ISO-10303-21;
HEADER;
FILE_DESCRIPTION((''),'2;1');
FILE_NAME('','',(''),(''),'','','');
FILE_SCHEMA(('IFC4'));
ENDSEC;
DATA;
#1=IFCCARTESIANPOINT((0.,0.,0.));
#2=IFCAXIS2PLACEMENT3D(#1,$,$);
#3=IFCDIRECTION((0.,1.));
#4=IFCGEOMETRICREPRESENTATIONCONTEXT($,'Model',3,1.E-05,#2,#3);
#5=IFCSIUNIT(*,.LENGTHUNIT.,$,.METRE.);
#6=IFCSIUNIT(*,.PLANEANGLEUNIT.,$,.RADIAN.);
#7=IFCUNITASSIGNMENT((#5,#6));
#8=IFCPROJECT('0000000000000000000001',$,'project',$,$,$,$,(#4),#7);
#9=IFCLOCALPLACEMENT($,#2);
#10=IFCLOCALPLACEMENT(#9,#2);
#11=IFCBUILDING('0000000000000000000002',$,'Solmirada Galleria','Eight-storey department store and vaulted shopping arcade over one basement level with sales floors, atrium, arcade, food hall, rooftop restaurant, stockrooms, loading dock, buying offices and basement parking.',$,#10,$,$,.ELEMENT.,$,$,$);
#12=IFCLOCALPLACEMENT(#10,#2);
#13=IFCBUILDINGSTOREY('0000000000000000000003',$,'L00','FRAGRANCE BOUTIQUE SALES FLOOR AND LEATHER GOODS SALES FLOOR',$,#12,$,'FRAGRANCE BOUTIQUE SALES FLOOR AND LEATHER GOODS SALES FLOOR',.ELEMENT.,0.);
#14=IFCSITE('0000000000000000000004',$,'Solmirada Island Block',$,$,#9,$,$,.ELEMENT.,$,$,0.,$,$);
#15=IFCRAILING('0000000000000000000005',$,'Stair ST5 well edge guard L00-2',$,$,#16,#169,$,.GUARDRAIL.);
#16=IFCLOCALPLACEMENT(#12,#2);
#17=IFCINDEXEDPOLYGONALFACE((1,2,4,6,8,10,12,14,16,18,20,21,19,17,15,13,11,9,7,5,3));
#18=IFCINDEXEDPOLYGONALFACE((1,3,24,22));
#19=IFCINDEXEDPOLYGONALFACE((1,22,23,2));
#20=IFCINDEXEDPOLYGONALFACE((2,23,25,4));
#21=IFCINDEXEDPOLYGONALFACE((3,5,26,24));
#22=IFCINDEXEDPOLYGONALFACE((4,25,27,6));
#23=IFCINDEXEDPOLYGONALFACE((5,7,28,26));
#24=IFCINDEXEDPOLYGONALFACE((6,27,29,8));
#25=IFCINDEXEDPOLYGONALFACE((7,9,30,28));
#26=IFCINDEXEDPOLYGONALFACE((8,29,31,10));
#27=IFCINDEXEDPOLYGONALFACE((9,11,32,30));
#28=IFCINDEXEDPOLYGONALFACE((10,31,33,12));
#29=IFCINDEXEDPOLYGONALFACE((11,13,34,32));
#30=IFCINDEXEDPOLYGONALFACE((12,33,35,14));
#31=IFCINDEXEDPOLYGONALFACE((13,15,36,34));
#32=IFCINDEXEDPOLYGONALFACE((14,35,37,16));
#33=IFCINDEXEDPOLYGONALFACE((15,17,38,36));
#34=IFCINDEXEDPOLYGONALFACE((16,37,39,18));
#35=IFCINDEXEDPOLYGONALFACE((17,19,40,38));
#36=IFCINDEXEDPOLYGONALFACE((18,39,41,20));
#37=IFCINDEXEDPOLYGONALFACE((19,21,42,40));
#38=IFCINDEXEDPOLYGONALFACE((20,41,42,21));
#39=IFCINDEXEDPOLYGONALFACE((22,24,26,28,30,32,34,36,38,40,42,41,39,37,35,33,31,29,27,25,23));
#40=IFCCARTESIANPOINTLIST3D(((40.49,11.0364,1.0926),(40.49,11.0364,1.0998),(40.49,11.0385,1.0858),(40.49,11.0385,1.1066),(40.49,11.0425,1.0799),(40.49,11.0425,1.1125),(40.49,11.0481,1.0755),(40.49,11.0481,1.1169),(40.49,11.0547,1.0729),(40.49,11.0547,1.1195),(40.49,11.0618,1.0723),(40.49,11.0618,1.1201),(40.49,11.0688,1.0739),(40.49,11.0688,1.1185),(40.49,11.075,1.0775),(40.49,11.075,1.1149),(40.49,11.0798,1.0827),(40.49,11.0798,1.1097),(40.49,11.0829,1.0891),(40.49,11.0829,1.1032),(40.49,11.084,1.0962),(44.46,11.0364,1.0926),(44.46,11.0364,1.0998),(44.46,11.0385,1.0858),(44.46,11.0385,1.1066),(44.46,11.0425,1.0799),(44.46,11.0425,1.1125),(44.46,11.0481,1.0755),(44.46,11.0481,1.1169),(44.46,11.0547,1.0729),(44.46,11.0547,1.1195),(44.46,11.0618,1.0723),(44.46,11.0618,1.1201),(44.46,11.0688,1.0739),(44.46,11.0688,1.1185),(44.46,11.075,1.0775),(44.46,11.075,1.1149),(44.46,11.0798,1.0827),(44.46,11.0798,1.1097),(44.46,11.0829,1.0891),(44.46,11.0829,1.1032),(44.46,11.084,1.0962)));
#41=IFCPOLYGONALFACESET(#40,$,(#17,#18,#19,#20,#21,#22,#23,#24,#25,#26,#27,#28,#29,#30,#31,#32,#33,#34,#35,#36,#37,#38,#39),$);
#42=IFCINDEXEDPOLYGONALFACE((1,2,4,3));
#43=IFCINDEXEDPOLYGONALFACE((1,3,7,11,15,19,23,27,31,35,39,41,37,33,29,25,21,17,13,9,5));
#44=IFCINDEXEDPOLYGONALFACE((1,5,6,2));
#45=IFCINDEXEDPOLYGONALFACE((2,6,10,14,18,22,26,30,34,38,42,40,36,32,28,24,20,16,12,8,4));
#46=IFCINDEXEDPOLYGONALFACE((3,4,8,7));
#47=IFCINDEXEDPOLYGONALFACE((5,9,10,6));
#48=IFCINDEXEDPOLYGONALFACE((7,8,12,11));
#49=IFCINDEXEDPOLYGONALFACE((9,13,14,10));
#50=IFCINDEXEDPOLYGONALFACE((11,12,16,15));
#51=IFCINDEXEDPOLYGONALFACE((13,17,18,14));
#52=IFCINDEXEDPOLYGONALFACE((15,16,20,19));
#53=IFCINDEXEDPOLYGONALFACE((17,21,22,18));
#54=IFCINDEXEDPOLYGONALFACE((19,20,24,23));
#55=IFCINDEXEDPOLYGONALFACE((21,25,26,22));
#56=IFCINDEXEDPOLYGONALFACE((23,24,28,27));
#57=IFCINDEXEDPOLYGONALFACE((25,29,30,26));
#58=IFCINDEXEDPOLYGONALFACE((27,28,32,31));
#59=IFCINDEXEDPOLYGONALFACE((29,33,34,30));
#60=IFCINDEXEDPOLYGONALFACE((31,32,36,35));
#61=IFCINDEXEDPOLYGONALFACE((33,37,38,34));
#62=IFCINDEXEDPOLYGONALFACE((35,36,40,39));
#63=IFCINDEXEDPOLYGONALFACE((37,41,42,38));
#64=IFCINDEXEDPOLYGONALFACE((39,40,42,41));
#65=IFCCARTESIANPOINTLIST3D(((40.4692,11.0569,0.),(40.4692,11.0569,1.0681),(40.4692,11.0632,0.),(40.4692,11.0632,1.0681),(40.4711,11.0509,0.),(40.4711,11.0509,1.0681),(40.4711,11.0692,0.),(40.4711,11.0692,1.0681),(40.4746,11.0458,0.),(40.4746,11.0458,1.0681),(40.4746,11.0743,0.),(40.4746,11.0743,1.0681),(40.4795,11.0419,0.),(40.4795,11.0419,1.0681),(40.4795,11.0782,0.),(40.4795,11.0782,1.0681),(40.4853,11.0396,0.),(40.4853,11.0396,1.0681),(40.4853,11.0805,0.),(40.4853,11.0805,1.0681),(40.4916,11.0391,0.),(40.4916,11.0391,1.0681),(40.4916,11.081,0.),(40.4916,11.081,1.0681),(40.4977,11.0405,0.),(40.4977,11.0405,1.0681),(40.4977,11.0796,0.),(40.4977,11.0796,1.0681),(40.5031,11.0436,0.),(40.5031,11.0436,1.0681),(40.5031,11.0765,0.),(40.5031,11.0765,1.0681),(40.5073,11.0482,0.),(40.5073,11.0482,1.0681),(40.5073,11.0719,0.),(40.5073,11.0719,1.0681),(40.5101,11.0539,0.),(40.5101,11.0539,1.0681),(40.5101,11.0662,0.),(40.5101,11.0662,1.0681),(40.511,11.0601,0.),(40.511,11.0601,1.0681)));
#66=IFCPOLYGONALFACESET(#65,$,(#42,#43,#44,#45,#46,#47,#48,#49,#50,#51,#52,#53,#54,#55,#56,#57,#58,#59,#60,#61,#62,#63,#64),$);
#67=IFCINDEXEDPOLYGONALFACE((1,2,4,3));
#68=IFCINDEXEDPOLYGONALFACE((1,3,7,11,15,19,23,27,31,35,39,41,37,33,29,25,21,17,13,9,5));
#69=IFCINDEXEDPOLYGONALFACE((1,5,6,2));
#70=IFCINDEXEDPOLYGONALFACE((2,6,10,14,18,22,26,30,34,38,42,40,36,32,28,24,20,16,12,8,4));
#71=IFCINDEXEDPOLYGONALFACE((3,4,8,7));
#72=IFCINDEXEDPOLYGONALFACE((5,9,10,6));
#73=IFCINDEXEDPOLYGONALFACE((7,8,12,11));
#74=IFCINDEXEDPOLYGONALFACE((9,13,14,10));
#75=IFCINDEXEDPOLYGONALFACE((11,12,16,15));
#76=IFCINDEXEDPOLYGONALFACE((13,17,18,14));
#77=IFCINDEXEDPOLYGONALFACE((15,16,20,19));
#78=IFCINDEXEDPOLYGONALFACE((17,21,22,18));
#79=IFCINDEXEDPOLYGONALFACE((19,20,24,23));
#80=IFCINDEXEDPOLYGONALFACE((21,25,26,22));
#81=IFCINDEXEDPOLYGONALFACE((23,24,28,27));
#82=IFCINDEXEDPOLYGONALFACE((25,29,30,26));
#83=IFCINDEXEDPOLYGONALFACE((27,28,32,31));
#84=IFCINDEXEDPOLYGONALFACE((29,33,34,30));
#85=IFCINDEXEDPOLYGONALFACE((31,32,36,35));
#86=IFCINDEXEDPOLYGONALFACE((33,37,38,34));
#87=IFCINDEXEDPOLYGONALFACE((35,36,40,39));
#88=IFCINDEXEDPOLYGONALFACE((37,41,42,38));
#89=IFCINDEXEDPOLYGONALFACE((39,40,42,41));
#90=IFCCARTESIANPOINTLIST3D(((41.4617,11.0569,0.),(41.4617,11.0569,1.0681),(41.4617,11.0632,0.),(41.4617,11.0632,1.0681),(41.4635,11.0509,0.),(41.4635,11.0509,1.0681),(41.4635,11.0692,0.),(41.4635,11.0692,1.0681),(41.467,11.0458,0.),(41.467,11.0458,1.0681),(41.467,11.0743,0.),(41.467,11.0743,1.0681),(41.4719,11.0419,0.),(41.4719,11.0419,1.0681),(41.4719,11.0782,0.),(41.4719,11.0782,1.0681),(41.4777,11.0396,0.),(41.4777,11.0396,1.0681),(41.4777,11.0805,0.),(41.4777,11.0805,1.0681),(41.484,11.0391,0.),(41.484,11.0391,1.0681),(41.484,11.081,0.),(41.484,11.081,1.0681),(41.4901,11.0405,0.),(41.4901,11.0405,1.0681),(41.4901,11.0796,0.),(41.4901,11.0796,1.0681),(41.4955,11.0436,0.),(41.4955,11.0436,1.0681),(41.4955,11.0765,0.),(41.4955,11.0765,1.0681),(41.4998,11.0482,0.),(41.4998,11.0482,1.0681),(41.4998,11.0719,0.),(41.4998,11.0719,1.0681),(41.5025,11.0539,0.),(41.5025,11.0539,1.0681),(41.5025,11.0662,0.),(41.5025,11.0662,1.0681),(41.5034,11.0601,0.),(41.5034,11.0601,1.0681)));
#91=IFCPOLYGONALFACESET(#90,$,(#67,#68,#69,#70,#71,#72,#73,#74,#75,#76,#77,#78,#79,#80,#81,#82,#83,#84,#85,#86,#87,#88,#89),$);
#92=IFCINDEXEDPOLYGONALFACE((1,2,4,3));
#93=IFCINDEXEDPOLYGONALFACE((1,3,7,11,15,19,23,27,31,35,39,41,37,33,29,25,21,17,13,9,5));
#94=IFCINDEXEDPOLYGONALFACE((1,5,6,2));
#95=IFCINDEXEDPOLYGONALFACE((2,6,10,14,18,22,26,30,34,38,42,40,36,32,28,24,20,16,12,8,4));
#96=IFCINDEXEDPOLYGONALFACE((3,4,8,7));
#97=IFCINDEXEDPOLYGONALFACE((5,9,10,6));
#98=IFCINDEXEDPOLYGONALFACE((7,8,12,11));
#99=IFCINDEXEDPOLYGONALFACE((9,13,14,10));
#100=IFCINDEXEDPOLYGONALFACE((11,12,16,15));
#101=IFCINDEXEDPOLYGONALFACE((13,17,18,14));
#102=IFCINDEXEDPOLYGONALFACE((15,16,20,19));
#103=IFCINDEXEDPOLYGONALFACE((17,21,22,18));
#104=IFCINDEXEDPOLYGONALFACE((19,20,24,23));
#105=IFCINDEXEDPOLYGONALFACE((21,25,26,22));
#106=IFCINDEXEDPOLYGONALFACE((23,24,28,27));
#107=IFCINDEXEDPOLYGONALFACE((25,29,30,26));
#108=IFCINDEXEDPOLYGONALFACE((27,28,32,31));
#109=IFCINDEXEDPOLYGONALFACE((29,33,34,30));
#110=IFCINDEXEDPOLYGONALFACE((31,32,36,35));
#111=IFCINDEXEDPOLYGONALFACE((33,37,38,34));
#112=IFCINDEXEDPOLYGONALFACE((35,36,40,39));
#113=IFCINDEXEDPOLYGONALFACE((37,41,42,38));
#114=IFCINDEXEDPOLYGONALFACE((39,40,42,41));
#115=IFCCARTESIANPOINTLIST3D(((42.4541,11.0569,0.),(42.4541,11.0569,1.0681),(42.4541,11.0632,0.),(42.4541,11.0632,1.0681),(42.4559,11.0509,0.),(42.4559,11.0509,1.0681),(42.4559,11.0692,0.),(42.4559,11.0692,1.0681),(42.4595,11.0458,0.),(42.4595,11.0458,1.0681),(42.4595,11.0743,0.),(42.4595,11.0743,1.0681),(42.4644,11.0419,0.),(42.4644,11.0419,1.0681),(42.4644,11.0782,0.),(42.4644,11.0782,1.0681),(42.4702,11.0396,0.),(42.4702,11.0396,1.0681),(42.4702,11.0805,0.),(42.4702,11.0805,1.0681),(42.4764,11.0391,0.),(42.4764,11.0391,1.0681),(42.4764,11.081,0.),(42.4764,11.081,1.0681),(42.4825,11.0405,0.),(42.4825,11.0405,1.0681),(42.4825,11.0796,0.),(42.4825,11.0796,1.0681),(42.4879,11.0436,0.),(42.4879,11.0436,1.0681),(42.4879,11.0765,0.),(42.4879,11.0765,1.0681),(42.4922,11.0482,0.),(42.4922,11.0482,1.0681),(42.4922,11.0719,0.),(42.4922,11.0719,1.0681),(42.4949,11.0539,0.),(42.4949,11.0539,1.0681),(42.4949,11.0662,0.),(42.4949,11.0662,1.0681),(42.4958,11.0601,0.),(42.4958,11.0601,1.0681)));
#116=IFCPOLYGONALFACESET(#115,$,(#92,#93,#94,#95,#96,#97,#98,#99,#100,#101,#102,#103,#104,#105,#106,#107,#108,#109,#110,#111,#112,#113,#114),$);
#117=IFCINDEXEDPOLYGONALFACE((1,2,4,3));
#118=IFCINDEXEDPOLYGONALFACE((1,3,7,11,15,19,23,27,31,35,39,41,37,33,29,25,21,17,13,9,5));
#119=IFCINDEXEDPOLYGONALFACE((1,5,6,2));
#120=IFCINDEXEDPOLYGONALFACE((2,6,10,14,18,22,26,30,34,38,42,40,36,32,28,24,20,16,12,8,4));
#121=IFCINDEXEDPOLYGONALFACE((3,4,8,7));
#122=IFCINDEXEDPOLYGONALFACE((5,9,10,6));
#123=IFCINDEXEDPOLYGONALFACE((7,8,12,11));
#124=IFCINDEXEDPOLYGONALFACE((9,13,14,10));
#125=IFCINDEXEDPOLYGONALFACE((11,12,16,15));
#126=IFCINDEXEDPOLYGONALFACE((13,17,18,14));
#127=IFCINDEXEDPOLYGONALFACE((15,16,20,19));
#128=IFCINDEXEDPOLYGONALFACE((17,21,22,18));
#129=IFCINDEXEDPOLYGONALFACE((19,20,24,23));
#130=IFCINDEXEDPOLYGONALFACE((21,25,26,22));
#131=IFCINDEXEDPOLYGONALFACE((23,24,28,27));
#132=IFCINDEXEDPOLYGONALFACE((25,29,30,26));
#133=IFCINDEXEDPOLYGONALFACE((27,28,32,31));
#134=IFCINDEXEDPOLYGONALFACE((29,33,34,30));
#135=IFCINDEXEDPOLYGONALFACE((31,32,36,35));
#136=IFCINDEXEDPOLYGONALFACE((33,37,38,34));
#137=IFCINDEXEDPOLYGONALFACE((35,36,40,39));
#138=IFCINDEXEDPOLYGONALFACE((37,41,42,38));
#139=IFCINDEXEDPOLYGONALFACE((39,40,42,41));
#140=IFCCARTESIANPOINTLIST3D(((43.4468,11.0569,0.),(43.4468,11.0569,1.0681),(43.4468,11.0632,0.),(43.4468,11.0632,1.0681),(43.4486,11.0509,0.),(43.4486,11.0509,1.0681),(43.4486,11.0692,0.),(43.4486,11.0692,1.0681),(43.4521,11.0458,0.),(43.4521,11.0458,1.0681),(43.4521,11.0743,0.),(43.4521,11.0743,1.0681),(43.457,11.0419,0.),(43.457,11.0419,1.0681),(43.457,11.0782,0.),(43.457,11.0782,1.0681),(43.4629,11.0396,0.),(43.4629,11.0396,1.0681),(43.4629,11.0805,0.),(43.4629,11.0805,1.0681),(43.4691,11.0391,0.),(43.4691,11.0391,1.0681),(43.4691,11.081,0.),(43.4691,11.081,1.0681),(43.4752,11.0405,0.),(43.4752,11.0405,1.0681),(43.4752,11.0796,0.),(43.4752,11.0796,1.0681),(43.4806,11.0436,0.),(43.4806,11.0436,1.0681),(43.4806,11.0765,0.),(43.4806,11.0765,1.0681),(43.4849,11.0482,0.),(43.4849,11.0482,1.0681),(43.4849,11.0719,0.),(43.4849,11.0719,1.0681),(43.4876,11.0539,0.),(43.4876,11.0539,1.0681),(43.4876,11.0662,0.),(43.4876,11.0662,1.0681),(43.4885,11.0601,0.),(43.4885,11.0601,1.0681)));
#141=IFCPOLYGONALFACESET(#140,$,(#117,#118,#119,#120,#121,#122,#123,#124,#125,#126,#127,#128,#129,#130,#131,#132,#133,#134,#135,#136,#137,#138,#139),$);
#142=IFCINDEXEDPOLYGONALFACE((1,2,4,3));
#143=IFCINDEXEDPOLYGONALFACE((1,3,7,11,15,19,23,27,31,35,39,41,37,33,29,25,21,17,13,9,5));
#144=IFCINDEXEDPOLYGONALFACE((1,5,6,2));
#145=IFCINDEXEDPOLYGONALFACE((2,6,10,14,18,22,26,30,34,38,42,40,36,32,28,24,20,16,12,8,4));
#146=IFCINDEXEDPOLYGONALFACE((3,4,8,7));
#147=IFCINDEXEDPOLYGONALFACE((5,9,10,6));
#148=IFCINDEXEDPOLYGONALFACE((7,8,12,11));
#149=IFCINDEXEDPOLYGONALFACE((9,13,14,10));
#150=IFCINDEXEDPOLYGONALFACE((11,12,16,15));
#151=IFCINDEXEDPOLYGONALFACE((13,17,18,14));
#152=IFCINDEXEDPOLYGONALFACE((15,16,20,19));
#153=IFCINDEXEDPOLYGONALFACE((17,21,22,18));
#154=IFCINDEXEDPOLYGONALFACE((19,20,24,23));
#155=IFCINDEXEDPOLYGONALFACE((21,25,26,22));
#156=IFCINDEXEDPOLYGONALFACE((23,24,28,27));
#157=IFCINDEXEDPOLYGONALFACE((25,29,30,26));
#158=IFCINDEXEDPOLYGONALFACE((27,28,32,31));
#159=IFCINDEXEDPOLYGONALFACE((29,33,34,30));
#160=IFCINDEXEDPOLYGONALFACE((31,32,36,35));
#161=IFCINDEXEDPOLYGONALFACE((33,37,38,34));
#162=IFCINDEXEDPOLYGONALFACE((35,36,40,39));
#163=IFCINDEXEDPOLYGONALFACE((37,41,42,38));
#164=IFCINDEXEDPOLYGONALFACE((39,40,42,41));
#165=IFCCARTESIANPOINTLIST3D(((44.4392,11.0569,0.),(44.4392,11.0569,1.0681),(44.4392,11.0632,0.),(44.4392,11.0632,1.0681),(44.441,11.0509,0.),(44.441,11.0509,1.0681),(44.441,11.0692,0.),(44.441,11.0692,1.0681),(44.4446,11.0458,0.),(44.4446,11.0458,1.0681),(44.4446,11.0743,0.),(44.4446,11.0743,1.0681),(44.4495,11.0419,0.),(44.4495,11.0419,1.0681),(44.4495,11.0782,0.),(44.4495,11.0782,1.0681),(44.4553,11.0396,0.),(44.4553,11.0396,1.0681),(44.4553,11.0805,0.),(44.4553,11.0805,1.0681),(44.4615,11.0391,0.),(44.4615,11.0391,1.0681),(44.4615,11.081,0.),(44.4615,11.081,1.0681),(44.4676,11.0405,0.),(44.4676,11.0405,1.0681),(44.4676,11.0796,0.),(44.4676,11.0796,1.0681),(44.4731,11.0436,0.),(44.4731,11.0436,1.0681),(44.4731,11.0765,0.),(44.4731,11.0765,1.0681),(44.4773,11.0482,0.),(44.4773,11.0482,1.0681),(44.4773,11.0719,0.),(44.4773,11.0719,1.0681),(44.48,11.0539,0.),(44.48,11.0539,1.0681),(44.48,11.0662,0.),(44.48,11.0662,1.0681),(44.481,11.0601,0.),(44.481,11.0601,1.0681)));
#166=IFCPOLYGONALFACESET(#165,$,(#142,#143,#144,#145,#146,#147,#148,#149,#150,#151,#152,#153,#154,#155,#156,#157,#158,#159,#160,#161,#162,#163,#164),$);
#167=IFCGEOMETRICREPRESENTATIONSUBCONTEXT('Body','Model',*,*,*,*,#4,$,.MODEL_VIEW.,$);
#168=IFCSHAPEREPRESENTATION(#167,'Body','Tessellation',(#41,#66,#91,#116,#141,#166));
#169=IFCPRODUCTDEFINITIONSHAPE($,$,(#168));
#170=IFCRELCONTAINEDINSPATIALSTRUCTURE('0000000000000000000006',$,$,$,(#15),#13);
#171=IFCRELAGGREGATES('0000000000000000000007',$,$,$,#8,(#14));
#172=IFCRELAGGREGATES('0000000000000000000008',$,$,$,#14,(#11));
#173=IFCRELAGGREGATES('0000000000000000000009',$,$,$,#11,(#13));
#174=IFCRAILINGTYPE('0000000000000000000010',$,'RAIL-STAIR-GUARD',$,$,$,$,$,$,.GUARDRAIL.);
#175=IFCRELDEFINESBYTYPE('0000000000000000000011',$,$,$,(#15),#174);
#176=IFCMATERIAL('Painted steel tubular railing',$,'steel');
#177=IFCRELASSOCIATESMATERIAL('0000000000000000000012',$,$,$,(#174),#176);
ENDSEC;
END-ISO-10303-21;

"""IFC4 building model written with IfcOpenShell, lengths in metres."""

from ifc_helpers import new_model, si_unit, direction, frame, origin, origin_2d, place, context, subcontext, project, spatial, circle, extrude, material, type_object, element, save


model = new_model("IFC4")

# Units and contexts
model_context = context("Model", 3, precision=1e-05, world=origin(), true_north=direction((0.0, 1.0)))
body_context = subcontext(model_context, "Body", "Model", "MODEL_VIEW")
ifc_project = project(units=[si_unit("LENGTHUNIT", "METRE"), si_unit("PLANEANGLEUNIT", "RADIAN")], contexts=[model_context])

# Site, building, storey
site_placement = place(None, origin())
site = spatial("IfcSite", under=ifc_project, at=site_placement, Name="Solmirada Island Block", CompositionType="ELEMENT", RefElevation=0.0)
building_placement = place(site_placement, origin())
building = spatial("IfcBuilding", under=site, at=building_placement, Name="Solmirada Galleria", Description="Eight-storey department store and vaulted shopping arcade over one basement level with sales floors, atrium, arcade, food hall, rooftop restaurant, stockrooms, loading dock, buying offices and basement parking.", CompositionType="ELEMENT")
storey_placement = place(building_placement, origin())
storey = spatial("IfcBuildingStorey", under=building, at=storey_placement, Name="L00", Description="FRAGRANCE BOUTIQUE SALES FLOOR AND LEATHER GOODS SALES FLOOR", LongName="FRAGRANCE BOUTIQUE SALES FLOOR AND LEATHER GOODS SALES FLOOR", CompositionType="ELEMENT", Elevation=0.0)

# Railing
ifc_material_1 = material(Name="Painted steel tubular railing", Category="steel")
railing_type_1 = type_object("IfcRailingType", Name="RAIL-STAIR-GUARD", PredefinedType="GUARDRAIL", material=ifc_material_1)
railing_1_placement = place(storey_placement, frame((40.49, 11.0601, 0.0)))
element("IfcRailing", 1, at=railing_1_placement, inside=storey, type_object=railing_type_1, Name="Stair ST5 well edge guard L00-2", PredefinedType="GUARDRAIL", context=body_context, shape_type="SweptSolid", body=[
    extrude(circle(Radius=0.0239, at=origin_2d()), frame((0.0, 0.0, 1.0962), z_axis=(1.0, 0.0, 0.0), x_axis=(0.0, 1.0, 0.0)), (0.0, 0.0, 1.0), 3.97),
    extrude(circle(Radius=0.021, at=origin_2d()), origin(), (0.0, 0.0, 1.0), 1.0681),
    extrude(circle(Radius=0.021, at=origin_2d()), frame((0.9924, 0.0, 0.0)), (0.0, 0.0, 1.0), 1.0681),
    extrude(circle(Radius=0.021, at=origin_2d()), frame((1.9849, 0.0, 0.0)), (0.0, 0.0, 1.0), 1.0681),
    extrude(circle(Radius=0.021, at=origin_2d()), frame((2.9775, 0.0, 0.0)), (0.0, 0.0, 1.0), 1.0681),
    extrude(circle(Radius=0.021, at=origin_2d()), frame((3.97, 0.0, 0.0)), (0.0, 0.0, 1.0), 1.0681),
])

save(model, "model.ifc")
